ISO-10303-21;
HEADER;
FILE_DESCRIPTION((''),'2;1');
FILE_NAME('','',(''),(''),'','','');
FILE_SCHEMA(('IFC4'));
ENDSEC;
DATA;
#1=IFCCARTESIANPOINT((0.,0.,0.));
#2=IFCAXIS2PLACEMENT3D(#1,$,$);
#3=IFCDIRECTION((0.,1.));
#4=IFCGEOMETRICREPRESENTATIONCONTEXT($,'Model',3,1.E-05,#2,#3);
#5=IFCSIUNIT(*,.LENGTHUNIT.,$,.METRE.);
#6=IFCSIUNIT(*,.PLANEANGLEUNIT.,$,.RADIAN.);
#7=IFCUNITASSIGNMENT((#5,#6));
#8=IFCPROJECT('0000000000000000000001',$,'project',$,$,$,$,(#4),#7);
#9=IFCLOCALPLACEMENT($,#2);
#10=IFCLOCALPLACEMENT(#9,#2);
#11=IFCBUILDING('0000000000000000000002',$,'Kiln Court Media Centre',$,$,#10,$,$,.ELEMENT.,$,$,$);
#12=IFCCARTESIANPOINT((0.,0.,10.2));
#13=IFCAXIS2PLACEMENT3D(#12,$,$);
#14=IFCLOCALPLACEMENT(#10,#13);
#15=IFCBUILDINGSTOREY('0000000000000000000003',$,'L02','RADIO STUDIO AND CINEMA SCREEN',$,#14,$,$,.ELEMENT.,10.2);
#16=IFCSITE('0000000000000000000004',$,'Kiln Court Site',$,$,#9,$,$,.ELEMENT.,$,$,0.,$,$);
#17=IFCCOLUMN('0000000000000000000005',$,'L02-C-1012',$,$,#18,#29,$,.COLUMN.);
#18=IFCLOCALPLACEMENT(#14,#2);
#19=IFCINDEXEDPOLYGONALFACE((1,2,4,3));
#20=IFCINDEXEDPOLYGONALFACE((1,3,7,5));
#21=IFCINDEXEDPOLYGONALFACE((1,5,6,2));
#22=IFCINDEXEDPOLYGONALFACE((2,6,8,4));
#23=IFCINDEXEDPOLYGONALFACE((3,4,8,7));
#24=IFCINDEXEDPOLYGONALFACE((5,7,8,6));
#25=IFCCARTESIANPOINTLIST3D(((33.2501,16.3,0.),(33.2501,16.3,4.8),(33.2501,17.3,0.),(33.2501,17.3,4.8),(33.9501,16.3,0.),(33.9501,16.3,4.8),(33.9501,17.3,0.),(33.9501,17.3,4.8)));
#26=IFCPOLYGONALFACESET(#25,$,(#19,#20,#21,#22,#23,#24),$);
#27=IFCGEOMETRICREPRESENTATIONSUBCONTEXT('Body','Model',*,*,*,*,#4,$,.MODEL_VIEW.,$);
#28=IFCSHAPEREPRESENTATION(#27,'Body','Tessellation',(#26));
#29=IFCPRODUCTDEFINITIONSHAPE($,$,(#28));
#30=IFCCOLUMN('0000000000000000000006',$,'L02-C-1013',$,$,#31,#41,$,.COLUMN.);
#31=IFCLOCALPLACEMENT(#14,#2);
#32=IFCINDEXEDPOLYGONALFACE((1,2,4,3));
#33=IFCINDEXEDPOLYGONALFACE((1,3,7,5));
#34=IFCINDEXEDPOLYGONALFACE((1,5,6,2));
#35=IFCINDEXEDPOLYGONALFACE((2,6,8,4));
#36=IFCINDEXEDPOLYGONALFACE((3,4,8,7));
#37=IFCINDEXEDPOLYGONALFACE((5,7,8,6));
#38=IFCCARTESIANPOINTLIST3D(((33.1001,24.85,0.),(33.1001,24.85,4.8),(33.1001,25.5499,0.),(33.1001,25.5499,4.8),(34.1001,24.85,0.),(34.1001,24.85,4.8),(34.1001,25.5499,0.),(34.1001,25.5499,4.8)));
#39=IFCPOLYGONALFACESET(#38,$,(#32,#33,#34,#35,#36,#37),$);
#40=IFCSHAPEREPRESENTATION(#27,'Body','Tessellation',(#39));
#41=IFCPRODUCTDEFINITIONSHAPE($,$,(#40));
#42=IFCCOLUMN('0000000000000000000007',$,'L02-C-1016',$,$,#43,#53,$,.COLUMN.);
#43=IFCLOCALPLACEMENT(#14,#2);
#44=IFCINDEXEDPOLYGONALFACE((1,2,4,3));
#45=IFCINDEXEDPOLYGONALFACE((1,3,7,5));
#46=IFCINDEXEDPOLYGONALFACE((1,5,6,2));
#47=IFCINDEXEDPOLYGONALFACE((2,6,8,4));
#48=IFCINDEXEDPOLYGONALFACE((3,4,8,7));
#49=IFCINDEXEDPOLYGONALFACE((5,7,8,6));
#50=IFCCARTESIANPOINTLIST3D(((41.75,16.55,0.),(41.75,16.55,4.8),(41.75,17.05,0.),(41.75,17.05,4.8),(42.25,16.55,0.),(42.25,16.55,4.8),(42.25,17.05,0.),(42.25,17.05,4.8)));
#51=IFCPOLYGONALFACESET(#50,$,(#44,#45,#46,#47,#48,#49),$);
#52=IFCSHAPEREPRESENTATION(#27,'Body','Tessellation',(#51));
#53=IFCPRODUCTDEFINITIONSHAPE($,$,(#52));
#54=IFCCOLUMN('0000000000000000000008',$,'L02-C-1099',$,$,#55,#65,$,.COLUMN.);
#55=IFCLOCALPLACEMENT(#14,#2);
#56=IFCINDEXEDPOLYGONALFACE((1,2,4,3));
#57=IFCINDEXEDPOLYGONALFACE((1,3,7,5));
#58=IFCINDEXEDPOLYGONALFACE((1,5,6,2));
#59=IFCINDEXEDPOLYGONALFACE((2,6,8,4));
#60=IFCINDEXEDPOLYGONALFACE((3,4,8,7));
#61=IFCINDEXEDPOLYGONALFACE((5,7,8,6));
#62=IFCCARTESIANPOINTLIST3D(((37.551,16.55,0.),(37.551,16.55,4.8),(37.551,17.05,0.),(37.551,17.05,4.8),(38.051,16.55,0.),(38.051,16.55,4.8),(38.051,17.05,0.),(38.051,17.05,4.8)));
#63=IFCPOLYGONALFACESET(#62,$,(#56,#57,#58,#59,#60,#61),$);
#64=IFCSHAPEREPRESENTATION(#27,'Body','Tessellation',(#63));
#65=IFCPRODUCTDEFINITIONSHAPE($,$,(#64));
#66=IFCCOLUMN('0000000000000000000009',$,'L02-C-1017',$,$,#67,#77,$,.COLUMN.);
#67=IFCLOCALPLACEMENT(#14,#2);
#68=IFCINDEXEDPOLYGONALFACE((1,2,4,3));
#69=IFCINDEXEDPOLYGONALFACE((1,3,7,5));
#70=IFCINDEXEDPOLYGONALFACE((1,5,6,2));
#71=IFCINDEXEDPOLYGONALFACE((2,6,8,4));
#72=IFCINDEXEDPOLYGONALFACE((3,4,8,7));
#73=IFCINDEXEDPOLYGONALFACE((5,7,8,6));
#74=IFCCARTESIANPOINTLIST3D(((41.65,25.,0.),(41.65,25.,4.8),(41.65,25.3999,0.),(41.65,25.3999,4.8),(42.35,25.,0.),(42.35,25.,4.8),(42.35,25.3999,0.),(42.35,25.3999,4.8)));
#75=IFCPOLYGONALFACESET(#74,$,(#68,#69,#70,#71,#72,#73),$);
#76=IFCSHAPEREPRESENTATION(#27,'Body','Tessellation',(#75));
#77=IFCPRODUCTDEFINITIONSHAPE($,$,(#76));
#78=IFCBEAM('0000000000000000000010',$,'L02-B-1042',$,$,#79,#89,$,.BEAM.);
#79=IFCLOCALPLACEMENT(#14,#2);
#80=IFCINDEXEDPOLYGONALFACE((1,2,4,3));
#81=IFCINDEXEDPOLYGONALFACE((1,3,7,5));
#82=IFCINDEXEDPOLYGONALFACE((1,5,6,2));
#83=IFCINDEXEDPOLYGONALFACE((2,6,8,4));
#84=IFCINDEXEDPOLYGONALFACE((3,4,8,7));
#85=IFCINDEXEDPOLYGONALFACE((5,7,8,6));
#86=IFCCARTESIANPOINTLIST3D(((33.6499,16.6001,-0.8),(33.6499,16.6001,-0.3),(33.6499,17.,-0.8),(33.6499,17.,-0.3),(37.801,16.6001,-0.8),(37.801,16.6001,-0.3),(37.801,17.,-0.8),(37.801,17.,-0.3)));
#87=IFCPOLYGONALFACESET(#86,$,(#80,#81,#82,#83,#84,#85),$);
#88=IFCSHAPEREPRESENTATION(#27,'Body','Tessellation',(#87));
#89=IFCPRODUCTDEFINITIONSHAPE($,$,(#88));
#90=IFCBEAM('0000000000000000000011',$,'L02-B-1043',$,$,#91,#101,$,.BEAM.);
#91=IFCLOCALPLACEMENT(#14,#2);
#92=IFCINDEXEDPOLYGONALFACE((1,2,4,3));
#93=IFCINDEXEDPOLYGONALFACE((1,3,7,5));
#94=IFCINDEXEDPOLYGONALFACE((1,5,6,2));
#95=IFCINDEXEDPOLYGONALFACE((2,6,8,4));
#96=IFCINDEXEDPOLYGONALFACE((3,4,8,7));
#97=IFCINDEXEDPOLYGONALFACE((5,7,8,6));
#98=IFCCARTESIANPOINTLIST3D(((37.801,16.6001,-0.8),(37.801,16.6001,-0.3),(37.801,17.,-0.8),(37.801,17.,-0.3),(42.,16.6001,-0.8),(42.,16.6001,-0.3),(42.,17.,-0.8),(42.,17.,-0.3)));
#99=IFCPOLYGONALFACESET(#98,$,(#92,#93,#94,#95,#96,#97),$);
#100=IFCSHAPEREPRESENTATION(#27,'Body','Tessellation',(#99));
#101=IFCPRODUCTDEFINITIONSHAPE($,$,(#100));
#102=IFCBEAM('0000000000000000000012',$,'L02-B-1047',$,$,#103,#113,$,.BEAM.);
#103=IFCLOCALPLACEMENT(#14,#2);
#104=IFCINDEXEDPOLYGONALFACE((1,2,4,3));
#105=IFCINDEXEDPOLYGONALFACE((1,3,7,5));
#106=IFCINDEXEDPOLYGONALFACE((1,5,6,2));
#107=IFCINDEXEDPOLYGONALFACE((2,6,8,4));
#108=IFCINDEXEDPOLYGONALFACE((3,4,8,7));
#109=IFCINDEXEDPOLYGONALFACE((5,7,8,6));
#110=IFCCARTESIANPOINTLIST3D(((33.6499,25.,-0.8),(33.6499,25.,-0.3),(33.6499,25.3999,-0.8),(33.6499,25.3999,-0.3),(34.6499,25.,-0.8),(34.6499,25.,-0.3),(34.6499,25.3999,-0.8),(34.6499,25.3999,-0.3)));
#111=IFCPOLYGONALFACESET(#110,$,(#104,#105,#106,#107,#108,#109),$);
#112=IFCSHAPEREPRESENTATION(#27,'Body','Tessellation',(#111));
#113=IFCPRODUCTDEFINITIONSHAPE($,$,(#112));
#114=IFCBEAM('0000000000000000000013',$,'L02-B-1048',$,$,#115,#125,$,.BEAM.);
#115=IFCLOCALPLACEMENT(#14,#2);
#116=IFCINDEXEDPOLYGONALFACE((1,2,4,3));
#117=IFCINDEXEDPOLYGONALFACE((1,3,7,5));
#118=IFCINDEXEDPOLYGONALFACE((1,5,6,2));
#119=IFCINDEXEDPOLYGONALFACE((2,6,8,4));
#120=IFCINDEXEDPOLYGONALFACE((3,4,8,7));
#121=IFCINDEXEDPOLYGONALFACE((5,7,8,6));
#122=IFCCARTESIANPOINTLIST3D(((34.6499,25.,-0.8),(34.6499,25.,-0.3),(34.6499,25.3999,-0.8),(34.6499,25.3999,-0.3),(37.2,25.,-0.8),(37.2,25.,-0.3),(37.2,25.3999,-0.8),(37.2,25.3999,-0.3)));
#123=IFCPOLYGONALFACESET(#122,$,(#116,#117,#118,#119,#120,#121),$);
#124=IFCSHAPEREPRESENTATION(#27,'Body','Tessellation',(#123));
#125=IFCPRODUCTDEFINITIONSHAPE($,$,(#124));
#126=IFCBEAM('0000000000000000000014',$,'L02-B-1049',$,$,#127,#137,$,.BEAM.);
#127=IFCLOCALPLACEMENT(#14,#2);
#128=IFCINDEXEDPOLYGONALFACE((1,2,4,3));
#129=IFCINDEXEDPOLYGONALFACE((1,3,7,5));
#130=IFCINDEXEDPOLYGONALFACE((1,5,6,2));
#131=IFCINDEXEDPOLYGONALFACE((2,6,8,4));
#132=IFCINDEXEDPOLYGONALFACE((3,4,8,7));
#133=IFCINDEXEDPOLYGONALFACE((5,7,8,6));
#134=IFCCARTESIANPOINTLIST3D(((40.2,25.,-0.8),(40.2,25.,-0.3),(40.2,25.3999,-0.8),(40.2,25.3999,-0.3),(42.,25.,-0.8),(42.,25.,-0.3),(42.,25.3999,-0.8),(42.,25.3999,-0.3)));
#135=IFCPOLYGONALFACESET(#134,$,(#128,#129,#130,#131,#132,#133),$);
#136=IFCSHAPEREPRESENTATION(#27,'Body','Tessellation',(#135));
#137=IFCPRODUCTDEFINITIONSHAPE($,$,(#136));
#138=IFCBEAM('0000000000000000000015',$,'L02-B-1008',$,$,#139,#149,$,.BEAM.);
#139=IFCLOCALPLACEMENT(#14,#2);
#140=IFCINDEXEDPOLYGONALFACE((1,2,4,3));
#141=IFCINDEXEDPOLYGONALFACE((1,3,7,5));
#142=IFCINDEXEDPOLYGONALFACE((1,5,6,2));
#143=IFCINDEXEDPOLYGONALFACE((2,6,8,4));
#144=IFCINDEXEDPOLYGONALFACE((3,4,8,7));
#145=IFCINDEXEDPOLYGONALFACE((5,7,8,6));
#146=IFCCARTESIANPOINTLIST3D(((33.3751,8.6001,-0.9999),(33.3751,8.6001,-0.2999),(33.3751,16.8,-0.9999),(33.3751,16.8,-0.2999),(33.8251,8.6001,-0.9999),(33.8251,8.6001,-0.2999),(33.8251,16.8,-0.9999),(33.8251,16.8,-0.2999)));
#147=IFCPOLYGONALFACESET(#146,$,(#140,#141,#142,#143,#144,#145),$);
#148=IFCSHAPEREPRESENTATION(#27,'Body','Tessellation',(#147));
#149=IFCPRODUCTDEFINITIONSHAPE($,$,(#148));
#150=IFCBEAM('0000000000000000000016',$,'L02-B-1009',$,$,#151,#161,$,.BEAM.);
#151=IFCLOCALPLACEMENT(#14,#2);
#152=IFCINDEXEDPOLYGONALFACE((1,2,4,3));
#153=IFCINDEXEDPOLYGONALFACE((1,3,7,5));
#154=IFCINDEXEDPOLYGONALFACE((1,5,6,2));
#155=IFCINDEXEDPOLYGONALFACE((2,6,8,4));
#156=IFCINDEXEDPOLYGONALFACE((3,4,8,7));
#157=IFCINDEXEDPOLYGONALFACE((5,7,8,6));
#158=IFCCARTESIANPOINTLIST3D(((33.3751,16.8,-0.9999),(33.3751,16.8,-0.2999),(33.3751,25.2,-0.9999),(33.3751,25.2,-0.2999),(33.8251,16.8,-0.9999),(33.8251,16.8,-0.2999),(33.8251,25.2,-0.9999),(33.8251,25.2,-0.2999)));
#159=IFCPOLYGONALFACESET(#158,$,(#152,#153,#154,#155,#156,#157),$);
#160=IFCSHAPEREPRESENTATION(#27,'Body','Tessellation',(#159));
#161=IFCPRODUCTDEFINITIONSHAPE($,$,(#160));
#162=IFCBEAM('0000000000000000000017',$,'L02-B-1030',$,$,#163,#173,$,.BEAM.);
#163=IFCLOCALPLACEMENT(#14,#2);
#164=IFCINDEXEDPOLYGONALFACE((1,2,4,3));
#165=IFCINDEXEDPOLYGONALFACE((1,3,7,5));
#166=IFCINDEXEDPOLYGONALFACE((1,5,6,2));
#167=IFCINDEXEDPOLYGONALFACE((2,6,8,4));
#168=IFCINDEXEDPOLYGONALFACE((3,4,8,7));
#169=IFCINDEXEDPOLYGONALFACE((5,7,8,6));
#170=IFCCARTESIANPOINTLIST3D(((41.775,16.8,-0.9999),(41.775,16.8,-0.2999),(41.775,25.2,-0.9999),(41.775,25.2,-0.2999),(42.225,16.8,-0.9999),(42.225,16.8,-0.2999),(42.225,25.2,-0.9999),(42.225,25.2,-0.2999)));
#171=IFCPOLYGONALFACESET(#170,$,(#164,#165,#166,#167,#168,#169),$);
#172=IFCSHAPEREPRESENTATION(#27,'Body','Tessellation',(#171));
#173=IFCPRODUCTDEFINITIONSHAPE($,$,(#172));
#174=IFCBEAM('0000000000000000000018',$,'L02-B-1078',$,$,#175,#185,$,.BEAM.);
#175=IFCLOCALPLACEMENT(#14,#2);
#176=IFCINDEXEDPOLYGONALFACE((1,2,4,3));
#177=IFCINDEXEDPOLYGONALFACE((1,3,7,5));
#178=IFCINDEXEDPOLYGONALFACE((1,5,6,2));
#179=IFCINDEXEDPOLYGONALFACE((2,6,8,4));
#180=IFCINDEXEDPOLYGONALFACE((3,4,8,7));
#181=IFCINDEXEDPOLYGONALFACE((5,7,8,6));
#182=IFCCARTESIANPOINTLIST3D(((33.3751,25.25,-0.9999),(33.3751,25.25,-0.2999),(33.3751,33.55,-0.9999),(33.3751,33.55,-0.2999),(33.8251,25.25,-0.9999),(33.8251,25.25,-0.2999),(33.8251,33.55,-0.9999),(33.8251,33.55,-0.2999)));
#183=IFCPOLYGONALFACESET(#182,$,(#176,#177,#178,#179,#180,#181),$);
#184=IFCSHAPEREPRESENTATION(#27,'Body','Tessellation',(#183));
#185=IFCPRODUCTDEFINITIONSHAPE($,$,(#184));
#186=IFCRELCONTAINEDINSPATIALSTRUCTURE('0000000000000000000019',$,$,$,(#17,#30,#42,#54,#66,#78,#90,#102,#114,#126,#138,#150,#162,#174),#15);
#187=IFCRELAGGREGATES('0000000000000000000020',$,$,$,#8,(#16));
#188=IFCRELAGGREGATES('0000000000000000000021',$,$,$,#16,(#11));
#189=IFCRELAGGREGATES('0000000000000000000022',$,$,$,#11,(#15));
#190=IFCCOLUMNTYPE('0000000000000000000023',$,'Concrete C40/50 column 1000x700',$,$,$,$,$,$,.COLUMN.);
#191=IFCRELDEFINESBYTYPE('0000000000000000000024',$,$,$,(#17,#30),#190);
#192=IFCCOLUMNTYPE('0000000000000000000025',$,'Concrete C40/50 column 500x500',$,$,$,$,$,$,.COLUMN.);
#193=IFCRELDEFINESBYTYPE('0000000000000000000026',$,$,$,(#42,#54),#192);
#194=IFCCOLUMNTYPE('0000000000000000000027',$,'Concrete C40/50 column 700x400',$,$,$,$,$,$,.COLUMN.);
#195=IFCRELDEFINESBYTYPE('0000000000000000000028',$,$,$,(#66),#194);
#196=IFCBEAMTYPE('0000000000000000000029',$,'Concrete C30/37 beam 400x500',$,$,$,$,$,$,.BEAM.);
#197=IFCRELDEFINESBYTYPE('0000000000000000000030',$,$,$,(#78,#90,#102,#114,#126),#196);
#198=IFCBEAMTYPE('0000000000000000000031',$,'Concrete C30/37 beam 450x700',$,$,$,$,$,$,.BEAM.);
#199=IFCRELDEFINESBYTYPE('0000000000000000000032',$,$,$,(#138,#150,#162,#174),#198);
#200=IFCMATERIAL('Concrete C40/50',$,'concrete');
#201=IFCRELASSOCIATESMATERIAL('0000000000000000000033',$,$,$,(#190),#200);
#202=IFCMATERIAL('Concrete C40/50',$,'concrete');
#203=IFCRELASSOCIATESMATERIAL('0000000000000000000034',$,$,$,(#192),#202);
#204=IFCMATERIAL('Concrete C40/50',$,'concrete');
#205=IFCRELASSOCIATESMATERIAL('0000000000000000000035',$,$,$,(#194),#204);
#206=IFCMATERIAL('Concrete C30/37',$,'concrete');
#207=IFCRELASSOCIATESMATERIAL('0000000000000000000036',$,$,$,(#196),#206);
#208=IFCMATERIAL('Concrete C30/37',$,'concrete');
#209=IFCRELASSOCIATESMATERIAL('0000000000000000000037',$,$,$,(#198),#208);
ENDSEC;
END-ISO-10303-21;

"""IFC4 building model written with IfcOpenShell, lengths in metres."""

from ifc_helpers import new_model, si_unit, direction, frame, origin, origin_2d, place, context, subcontext, project, spatial, rectangle, extrude, material, material_profile, profile_set, type_object, element, save


model = new_model("IFC4")

# Units and contexts
model_context = context("Model", 3, precision=1e-05, world=origin(), true_north=direction((0.0, 1.0)))
body_context = subcontext(model_context, "Body", "Model", "MODEL_VIEW")
ifc_project = project(units=[si_unit("LENGTHUNIT", "METRE"), si_unit("PLANEANGLEUNIT", "RADIAN")], contexts=[model_context])

# Site, building, storey
site_placement = place(None, origin())
site = spatial("IfcSite", under=ifc_project, at=site_placement, Name="Kiln Court Site", CompositionType="ELEMENT", RefElevation=0.0)
building_placement = place(site_placement, origin())
building = spatial("IfcBuilding", under=site, at=building_placement, Name="Kiln Court Media Centre", CompositionType="ELEMENT")
storey_placement = place(building_placement, frame((0.0, 0.0, 10.2)))
storey = spatial("IfcBuildingStorey", under=building, at=storey_placement, Name="L02", Description="RADIO STUDIO AND CINEMA SCREEN", CompositionType="ELEMENT", Elevation=10.2)

# Columns
ifc_material_1 = material(Name="Concrete C40/50", Category="concrete")
ifc_material_profile_1 = material_profile(ifc_material_1, rectangle(XDim=1.0, YDim=0.7, at=origin_2d()), Name="RC 1000x700")
ifc_profile_set_1 = profile_set([ifc_material_profile_1], Name="Concrete C40/50")
column_type_1 = type_object("IfcColumnType", Name="Concrete C40/50 column 1000x700", PredefinedType="COLUMN", material=ifc_profile_set_1)
for number, where, z_axis, x_axis, name in (
    (1, (33.6001, 16.8, 0.0), (0.0, 0.0, 1.0), (0.0, 1.0, 0.0), "L02-C-1012"),
    (2, (33.6001, 25.2, 0.0), (0.0, 0.0, 1.0), (1.0, 0.0, 0.0), "L02-C-1013"),
):
    element("IfcColumn", number, at=place(storey_placement, frame(where, z_axis=z_axis, x_axis=x_axis)), inside=storey, type_object=column_type_1, Name=name, PredefinedType="COLUMN", context=body_context, shape_type="SweptSolid", body=[
        extrude(rectangle(XDim=1.0, YDim=0.7, at=origin_2d()), origin(), (0.0, 0.0, 1.0), 4.8),
    ])
ifc_material_2 = material(Name="Concrete C40/50", Category="concrete")
ifc_material_profile_2 = material_profile(ifc_material_2, rectangle(XDim=0.5, YDim=0.5, at=origin_2d()), Name="RC 500x500")
ifc_profile_set_2 = profile_set([ifc_material_profile_2], Name="Concrete C40/50")
column_type_2 = type_object("IfcColumnType", Name="Concrete C40/50 column 500x500", PredefinedType="COLUMN", material=ifc_profile_set_2)
for number, where, z_axis, x_axis, name in (
    (3, (42.0, 16.8, 0.0), (0.0, 0.0, 1.0), (1.0, 0.0, 0.0), "L02-C-1016"),
    (4, (37.801, 16.8, 0.0), (0.0, 0.0, 1.0), (1.0, 0.0, 0.0), "L02-C-1099"),
):
    element("IfcColumn", number, at=place(storey_placement, frame(where, z_axis=z_axis, x_axis=x_axis)), inside=storey, type_object=column_type_2, Name=name, PredefinedType="COLUMN", context=body_context, shape_type="SweptSolid", body=[
        extrude(rectangle(XDim=0.5, YDim=0.5, at=origin_2d()), origin(), (0.0, 0.0, 1.0), 4.8),
    ])
ifc_material_3 = material(Name="Concrete C40/50", Category="concrete")
ifc_material_profile_3 = material_profile(ifc_material_3, rectangle(XDim=0.7, YDim=0.3999, at=origin_2d()), Name="RC 700x400")
ifc_profile_set_3 = profile_set([ifc_material_profile_3], Name="Concrete C40/50")
column_type_3 = type_object("IfcColumnType", Name="Concrete C40/50 column 700x400", PredefinedType="COLUMN", material=ifc_profile_set_3)
column_placement = place(storey_placement, frame((42.0, 25.2, 0.0), z_axis=(0.0, 0.0, 1.0), x_axis=(1.0, 0.0, 0.0)))
element("IfcColumn", 5, at=column_placement, inside=storey, type_object=column_type_3, Name="L02-C-1017", PredefinedType="COLUMN", context=body_context, shape_type="SweptSolid", body=[
    extrude(rectangle(XDim=0.7, YDim=0.3999, at=origin_2d()), origin(), (0.0, 0.0, 1.0), 4.8),
])

# Beams
ifc_material_4 = material(Name="Concrete C30/37", Category="concrete")
ifc_material_profile_4 = material_profile(ifc_material_4, rectangle(XDim=0.3999, YDim=0.5, at=origin_2d()), Name="RC 400x500")
ifc_profile_set_4 = profile_set([ifc_material_profile_4], Name="Concrete C30/37")
beam_type_1 = type_object("IfcBeamType", Name="Concrete C30/37 beam 400x500", PredefinedType="BEAM", material=ifc_profile_set_4)
beam_1_placement = place(storey_placement, frame((33.6499, 16.8, -0.55), z_axis=(1.0, 0.0, 0.0), x_axis=(0.0, 1.0, 0.0)))
element("IfcBeam", 6, at=beam_1_placement, inside=storey, type_object=beam_type_1, Name="L02-B-1042", PredefinedType="BEAM", context=body_context, shape_type="SweptSolid", body=[
    extrude(rectangle(XDim=0.3999, YDim=0.5, at=origin_2d()), origin(), (0.0, 0.0, 1.0), 4.1511),
])
beam_2_placement = place(storey_placement, frame((37.801, 16.8, -0.55), z_axis=(1.0, 0.0, 0.0), x_axis=(0.0, 1.0, 0.0)))
element("IfcBeam", 7, at=beam_2_placement, inside=storey, type_object=beam_type_1, Name="L02-B-1043", PredefinedType="BEAM", context=body_context, shape_type="SweptSolid", body=[
    extrude(rectangle(XDim=0.3999, YDim=0.5, at=origin_2d()), origin(), (0.0, 0.0, 1.0), 4.199),
])
beam_3_placement = place(storey_placement, frame((33.6499, 25.2, -0.55), z_axis=(1.0, 0.0, 0.0), x_axis=(0.0, 1.0, 0.0)))
element("IfcBeam", 8, at=beam_3_placement, inside=storey, type_object=beam_type_1, Name="L02-B-1047", PredefinedType="BEAM", context=body_context, shape_type="SweptSolid", body=[
    extrude(rectangle(XDim=0.3999, YDim=0.5, at=origin_2d()), origin(), (0.0, 0.0, 1.0), 1.0),
])
beam_4_placement = place(storey_placement, frame((34.6499, 25.2, -0.55), z_axis=(1.0, 0.0, 0.0), x_axis=(0.0, 1.0, 0.0)))
element("IfcBeam", 9, at=beam_4_placement, inside=storey, type_object=beam_type_1, Name="L02-B-1048", PredefinedType="BEAM", context=body_context, shape_type="SweptSolid", body=[
    extrude(rectangle(XDim=0.3999, YDim=0.5, at=origin_2d()), origin(), (0.0, 0.0, 1.0), 2.55),
])
beam_5_placement = place(storey_placement, frame((40.2, 25.2, -0.55), z_axis=(1.0, 0.0, 0.0), x_axis=(0.0, 1.0, 0.0)))
element("IfcBeam", 10, at=beam_5_placement, inside=storey, type_object=beam_type_1, Name="L02-B-1049", PredefinedType="BEAM", context=body_context, shape_type="SweptSolid", body=[
    extrude(rectangle(XDim=0.3999, YDim=0.5, at=origin_2d()), origin(), (0.0, 0.0, 1.0), 1.8),
])
ifc_material_5 = material(Name="Concrete C30/37", Category="concrete")
ifc_material_profile_5 = material_profile(ifc_material_5, rectangle(XDim=0.45, YDim=0.7, at=origin_2d()), Name="RC 450x700")
ifc_profile_set_5 = profile_set([ifc_material_profile_5], Name="Concrete C30/37")
beam_type_2 = type_object("IfcBeamType", Name="Concrete C30/37 beam 450x700", PredefinedType="BEAM", material=ifc_profile_set_5)
beam_6_placement = place(storey_placement, frame((33.6001, 8.6001, -0.6499), z_axis=(0.0, 1.0, 0.0), x_axis=(-1.0, 0.0, 0.0)))
element("IfcBeam", 11, at=beam_6_placement, inside=storey, type_object=beam_type_2, Name="L02-B-1008", PredefinedType="BEAM", context=body_context, shape_type="SweptSolid", body=[
    extrude(rectangle(XDim=0.45, YDim=0.7, at=origin_2d()), origin(), (0.0, 0.0, 1.0), 8.2),
])
for number, where, z_axis, x_axis, name in (
    (12, (33.6001, 16.8, -0.6499), (0.0, 1.0, 0.0), (-1.0, 0.0, 0.0), "L02-B-1009"),
    (13, (42.0, 16.8, -0.6499), (0.0, 1.0, 0.0), (-1.0, 0.0, 0.0), "L02-B-1030"),
):
    element("IfcBeam", number, at=place(storey_placement, frame(where, z_axis=z_axis, x_axis=x_axis)), inside=storey, type_object=beam_type_2, Name=name, PredefinedType="BEAM", context=body_context, shape_type="SweptSolid", body=[
        extrude(rectangle(XDim=0.45, YDim=0.7, at=origin_2d()), origin(), (0.0, 0.0, 1.0), 8.3999),
    ])
beam_7_placement = place(storey_placement, frame((33.6001, 25.25, -0.6499), z_axis=(0.0, 1.0, 0.0), x_axis=(-1.0, 0.0, 0.0)))
element("IfcBeam", 14, at=beam_7_placement, inside=storey, type_object=beam_type_2, Name="L02-B-1078", PredefinedType="BEAM", context=body_context, shape_type="SweptSolid", body=[
    extrude(rectangle(XDim=0.45, YDim=0.7, at=origin_2d()), origin(), (0.0, 0.0, 1.0), 8.3),
])

save(model, "model.ifc")
